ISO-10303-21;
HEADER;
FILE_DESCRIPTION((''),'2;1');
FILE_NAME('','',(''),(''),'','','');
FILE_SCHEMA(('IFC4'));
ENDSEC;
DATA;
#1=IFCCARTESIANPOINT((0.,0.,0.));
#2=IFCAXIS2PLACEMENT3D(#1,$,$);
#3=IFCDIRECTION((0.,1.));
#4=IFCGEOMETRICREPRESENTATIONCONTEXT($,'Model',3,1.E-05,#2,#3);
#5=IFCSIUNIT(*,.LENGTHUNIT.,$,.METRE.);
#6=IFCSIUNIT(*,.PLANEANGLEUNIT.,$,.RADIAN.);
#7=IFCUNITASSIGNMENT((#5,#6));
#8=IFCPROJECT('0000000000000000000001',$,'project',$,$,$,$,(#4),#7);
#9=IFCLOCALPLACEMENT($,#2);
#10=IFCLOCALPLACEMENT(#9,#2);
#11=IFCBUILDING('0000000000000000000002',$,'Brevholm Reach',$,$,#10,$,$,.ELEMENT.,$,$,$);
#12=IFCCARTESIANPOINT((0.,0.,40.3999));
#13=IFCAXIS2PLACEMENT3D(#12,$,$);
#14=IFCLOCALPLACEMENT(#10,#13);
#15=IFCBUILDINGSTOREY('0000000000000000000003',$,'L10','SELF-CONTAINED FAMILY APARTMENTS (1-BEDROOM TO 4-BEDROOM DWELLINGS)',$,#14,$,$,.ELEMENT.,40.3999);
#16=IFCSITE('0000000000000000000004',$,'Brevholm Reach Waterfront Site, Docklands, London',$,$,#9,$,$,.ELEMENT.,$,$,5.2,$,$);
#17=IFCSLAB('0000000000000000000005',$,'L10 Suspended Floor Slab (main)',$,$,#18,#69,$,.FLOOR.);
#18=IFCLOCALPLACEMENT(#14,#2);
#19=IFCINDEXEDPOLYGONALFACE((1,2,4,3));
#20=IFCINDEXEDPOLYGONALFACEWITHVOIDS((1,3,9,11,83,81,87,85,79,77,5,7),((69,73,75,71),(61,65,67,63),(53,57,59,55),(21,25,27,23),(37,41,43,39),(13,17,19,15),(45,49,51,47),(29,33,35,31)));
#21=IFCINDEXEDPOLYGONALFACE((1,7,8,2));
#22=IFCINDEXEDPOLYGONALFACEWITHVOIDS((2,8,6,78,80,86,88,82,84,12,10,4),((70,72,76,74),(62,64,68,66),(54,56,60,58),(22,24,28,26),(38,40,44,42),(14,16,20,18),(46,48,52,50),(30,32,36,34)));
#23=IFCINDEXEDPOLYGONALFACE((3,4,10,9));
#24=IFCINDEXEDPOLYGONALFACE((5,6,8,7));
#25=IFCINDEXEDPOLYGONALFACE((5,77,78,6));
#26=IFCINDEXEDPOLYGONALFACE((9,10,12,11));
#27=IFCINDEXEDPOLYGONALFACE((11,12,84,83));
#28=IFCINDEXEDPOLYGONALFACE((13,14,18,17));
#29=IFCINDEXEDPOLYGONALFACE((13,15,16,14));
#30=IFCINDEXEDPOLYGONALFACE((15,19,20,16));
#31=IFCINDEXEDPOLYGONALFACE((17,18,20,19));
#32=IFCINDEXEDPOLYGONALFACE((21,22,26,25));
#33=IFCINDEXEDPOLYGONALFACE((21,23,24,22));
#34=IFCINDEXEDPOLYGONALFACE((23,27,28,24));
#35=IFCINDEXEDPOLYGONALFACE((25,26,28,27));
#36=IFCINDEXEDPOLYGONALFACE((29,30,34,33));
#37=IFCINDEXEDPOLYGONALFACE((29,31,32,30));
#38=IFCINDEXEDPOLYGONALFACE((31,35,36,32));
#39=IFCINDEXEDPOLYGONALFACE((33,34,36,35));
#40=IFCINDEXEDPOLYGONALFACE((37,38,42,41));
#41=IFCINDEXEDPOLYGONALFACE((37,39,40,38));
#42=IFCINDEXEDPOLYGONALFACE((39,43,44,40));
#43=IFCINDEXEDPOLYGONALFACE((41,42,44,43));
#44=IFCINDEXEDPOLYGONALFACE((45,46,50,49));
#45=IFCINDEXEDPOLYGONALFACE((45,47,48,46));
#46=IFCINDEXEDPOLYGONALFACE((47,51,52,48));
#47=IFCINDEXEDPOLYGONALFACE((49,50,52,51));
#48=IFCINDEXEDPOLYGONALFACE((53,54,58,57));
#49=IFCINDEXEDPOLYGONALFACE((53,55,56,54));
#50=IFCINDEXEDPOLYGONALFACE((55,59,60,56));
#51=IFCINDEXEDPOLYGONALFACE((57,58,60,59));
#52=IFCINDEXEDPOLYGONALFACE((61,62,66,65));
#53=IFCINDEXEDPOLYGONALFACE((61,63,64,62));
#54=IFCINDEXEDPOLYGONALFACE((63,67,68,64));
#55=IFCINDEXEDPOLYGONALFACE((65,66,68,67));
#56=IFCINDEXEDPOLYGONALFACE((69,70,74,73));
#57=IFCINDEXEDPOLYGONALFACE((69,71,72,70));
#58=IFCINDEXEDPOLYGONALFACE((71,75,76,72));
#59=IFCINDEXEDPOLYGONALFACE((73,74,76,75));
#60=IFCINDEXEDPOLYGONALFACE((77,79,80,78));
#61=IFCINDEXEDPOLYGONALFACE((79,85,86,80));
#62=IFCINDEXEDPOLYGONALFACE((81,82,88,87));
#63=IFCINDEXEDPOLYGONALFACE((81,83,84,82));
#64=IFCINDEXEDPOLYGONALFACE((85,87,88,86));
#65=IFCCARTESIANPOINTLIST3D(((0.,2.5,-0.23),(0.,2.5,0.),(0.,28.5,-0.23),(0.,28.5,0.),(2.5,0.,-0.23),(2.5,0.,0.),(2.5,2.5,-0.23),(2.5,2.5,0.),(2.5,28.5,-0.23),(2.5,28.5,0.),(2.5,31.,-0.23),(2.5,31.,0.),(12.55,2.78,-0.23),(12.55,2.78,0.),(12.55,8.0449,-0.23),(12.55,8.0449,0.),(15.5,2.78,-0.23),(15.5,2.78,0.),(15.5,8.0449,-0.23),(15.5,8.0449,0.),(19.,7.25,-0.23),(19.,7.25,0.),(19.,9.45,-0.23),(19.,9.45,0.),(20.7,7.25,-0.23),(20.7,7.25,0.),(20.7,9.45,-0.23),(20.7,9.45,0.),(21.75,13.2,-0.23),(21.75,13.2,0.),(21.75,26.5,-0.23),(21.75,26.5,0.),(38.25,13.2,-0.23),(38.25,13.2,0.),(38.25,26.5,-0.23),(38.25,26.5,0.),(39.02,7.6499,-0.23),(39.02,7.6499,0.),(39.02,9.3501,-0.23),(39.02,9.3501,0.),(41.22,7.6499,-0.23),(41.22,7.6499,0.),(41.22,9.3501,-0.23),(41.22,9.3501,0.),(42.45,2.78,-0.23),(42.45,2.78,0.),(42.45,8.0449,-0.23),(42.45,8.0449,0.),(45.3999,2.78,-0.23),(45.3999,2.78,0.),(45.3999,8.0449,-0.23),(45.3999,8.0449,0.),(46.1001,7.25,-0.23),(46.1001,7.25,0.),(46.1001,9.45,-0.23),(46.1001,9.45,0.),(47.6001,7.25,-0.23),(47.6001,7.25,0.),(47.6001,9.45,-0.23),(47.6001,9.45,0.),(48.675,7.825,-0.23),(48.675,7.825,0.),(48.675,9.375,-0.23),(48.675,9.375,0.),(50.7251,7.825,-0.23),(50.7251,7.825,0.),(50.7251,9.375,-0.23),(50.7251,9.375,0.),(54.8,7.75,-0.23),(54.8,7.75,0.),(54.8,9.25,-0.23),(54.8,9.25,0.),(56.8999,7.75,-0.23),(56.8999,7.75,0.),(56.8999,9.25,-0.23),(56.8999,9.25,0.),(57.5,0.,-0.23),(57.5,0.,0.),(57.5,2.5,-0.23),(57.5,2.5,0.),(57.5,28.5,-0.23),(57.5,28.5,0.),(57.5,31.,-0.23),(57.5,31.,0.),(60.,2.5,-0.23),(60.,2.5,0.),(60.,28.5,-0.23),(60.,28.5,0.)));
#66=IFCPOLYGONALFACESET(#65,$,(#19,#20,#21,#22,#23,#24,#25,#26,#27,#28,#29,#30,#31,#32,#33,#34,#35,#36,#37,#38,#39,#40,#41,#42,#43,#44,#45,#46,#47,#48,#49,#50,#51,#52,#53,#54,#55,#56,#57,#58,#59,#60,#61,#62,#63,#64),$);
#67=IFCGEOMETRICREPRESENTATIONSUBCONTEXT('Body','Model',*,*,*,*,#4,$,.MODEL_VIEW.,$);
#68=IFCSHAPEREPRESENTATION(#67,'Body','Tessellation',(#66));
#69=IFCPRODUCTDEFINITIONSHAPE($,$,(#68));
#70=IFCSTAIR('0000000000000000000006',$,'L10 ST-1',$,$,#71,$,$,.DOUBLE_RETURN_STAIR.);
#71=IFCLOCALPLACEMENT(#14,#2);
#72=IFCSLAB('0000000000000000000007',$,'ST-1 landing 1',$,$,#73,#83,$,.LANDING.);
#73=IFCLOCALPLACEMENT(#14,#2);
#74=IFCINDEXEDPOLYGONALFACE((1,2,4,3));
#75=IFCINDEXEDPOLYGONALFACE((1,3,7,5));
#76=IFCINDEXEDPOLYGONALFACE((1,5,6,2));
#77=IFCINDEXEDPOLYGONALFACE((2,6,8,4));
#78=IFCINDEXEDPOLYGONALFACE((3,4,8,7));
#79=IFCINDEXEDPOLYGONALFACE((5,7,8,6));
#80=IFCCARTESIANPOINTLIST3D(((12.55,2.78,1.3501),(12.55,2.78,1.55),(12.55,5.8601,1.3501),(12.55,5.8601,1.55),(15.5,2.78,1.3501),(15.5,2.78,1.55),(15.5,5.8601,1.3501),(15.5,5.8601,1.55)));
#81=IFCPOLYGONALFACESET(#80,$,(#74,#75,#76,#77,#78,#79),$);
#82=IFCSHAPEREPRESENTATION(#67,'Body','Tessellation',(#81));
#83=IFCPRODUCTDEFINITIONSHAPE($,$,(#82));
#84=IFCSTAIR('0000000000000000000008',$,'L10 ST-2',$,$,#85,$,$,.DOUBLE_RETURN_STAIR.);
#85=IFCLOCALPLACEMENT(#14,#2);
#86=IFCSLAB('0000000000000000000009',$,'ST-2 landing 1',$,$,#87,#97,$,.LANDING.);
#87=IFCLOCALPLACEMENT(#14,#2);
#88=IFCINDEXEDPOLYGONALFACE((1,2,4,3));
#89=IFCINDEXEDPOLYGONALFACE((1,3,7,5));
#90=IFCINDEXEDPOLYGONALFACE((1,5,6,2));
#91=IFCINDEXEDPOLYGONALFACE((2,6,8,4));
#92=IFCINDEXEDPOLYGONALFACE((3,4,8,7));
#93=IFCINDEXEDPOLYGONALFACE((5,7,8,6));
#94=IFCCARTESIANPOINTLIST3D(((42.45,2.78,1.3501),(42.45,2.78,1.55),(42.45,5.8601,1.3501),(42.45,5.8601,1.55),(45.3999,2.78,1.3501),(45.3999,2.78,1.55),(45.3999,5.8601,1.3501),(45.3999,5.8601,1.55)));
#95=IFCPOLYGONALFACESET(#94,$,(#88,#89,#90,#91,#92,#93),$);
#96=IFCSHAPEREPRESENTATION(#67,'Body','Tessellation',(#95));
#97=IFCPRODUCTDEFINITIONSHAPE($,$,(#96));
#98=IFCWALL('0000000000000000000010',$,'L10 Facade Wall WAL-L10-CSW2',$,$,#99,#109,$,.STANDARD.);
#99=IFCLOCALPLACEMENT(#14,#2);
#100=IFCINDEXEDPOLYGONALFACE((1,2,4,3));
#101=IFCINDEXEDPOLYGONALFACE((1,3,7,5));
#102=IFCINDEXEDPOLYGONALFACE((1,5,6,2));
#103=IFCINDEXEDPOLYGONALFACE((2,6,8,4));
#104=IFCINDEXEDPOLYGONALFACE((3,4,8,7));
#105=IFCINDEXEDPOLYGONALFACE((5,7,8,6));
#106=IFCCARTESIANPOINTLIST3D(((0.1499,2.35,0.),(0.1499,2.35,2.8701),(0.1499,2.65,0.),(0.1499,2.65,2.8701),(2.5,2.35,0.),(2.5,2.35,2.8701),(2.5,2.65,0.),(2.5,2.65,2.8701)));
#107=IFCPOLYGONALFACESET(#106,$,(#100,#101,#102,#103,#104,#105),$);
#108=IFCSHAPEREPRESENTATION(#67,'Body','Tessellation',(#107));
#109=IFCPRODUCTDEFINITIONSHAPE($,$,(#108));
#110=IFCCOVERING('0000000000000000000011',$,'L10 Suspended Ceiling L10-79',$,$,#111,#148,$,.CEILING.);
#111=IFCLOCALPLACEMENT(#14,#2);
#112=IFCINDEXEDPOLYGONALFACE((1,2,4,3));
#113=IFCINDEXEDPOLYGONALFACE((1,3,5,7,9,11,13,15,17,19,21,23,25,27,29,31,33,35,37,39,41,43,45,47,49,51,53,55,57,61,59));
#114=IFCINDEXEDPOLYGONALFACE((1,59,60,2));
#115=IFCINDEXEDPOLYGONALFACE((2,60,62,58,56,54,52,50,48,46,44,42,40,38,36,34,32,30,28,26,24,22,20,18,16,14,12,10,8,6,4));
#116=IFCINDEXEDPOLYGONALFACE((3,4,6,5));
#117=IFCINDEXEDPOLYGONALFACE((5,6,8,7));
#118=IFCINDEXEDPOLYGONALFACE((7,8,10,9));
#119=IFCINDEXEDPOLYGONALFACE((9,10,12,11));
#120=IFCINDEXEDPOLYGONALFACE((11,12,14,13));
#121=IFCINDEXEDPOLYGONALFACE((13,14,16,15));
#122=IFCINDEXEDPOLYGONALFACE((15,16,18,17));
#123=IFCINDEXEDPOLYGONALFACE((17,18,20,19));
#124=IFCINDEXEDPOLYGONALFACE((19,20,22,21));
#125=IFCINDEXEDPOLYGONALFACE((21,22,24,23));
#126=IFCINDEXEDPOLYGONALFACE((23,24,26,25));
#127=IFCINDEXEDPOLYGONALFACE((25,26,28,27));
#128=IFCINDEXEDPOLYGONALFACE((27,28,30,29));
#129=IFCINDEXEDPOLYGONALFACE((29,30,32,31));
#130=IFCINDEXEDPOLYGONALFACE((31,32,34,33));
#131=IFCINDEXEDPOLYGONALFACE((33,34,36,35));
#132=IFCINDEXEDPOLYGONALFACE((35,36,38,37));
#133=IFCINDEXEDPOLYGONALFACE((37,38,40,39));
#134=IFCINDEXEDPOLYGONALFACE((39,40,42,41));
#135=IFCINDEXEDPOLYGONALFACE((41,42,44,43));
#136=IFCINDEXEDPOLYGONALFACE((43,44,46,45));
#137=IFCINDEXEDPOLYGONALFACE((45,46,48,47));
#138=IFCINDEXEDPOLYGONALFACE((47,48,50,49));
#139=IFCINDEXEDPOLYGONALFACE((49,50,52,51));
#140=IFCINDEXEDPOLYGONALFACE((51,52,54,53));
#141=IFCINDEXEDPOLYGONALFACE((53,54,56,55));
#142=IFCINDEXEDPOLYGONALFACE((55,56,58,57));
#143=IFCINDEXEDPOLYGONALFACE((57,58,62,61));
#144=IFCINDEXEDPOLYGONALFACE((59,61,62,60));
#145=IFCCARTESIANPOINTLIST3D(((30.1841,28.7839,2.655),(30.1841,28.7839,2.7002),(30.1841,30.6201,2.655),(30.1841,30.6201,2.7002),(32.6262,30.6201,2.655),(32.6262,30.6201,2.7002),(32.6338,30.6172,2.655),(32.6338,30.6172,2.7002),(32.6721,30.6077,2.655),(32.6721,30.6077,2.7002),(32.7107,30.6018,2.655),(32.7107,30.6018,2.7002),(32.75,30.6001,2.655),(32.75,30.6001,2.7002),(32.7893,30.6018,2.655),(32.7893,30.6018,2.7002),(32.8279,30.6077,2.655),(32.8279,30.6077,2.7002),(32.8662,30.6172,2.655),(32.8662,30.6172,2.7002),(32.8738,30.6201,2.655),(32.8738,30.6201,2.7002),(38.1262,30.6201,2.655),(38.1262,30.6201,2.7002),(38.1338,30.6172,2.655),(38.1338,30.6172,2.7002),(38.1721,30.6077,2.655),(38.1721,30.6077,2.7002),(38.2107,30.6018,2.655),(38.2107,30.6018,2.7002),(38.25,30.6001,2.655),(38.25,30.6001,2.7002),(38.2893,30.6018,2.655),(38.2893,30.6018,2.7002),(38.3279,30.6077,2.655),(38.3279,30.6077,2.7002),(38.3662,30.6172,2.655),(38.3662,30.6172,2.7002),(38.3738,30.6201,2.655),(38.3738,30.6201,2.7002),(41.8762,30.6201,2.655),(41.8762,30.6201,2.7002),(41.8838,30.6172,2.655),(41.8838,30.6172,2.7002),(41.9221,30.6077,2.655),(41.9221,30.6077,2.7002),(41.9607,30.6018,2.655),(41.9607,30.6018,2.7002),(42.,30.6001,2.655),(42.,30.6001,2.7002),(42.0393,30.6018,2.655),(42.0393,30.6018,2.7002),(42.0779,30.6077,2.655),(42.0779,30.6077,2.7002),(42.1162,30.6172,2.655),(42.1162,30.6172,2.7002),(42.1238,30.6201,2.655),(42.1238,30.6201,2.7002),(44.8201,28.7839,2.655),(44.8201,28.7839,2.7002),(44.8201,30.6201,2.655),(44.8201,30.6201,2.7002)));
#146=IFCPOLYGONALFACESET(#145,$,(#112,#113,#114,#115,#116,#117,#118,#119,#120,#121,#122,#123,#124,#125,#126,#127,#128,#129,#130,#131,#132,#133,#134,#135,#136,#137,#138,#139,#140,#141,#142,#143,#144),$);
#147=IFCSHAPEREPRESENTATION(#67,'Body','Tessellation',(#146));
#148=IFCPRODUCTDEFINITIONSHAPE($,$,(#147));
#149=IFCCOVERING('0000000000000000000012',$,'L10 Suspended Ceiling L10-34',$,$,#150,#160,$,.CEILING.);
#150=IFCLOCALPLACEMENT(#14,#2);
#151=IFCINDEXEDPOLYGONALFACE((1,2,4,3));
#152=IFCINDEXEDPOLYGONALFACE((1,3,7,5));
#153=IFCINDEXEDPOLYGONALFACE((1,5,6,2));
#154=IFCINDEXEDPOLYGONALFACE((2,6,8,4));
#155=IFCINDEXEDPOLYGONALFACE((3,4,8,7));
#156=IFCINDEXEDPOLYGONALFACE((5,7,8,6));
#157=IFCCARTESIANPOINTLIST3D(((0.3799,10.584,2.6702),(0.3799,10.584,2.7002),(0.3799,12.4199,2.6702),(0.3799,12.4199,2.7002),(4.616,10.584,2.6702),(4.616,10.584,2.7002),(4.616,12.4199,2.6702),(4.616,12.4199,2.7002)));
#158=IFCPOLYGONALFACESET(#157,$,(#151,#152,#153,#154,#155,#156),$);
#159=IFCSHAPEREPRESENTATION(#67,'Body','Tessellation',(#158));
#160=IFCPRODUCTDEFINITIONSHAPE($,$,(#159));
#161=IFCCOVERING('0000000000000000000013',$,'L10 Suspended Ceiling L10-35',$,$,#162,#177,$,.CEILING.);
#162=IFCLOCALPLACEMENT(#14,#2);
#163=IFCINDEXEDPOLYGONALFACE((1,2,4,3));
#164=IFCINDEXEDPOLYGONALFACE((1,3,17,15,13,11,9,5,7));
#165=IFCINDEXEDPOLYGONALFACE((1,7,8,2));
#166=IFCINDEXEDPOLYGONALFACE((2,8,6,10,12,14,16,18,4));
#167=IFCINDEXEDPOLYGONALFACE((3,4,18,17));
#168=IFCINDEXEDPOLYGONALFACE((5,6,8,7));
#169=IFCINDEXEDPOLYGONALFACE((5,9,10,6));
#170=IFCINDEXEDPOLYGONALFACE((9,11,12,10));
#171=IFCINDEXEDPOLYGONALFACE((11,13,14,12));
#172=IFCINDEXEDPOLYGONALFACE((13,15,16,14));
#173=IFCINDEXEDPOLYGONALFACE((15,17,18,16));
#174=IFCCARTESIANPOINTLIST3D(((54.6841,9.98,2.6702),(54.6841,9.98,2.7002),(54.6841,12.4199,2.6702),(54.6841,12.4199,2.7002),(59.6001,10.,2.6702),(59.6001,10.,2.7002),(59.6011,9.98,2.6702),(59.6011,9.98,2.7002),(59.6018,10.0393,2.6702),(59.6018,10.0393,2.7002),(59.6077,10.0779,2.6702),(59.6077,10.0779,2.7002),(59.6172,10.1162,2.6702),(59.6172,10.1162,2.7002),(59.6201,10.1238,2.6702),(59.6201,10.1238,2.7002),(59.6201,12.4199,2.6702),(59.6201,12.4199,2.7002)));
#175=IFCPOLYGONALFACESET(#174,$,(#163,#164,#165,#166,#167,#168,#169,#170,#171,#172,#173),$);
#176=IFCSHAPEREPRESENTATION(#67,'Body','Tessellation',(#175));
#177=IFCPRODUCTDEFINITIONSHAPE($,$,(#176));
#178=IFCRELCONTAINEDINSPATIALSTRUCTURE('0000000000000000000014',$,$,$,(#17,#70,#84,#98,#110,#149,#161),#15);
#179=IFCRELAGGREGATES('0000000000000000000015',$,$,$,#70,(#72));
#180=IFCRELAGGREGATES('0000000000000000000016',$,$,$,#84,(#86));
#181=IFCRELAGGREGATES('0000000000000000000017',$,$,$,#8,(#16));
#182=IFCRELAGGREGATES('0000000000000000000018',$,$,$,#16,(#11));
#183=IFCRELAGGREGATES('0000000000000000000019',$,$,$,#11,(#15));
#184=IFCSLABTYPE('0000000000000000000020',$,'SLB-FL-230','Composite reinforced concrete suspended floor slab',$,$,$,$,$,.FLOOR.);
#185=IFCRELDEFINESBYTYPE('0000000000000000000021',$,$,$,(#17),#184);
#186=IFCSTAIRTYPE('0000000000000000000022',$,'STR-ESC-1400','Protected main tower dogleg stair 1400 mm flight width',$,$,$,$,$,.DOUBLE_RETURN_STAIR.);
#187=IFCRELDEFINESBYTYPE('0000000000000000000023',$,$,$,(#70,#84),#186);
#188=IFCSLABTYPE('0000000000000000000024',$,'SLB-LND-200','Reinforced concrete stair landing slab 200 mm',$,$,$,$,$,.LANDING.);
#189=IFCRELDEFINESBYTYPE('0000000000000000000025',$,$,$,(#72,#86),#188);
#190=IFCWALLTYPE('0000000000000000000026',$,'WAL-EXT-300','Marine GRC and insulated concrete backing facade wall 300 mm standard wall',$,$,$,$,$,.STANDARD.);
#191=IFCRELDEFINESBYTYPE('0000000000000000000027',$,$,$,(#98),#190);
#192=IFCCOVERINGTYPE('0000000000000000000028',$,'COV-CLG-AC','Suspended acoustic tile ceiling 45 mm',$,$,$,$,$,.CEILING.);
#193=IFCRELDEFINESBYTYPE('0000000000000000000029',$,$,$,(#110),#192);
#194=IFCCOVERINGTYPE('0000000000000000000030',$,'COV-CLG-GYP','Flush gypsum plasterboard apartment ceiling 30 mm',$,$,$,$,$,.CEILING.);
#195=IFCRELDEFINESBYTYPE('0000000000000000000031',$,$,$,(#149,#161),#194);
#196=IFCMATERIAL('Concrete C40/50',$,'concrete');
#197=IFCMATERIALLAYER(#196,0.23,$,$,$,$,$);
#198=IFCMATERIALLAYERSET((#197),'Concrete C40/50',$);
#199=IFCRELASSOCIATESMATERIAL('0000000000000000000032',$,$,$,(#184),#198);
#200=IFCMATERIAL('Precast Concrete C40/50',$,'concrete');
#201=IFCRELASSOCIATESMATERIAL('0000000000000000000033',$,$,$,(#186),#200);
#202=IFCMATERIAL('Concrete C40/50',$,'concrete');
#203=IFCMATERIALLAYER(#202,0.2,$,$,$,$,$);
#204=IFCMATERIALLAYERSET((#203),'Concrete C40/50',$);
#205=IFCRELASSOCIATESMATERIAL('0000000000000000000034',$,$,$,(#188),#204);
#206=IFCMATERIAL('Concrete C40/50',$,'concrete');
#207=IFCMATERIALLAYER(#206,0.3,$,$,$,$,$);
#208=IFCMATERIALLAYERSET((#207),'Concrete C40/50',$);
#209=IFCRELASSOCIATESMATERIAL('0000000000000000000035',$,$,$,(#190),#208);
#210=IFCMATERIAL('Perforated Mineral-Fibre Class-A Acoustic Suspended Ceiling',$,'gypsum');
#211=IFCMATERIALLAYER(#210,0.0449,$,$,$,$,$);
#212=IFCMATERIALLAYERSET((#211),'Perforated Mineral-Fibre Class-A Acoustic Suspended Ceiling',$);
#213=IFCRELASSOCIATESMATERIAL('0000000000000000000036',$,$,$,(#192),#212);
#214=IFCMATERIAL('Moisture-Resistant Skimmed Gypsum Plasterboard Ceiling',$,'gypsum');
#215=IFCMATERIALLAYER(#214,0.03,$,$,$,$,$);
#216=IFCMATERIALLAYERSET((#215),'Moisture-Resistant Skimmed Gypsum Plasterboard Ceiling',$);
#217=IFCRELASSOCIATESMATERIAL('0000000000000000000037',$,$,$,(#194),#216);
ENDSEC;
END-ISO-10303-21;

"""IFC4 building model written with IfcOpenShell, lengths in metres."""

from ifc_helpers import new_model, si_unit, direction, frame, frame_2d, origin, place, context, subcontext, project, spatial, polyline, rectangle, outline, extrude, material, layer, layer_set, type_object, element, aggregate, save


model = new_model("IFC4")

# Units and contexts
model_context = context("Model", 3, precision=1e-05, world=origin(), true_north=direction((0.0, 1.0)))
body_context = subcontext(model_context, "Body", "Model", "MODEL_VIEW")
ifc_project = project(units=[si_unit("LENGTHUNIT", "METRE"), si_unit("PLANEANGLEUNIT", "RADIAN")], contexts=[model_context])

# Site, building, storey
site_placement = place(None, origin())
site = spatial("IfcSite", under=ifc_project, at=site_placement, Name="Brevholm Reach Waterfront Site, Docklands, London", CompositionType="ELEMENT", RefElevation=5.2)
building_placement = place(site_placement, origin())
building = spatial("IfcBuilding", under=site, at=building_placement, Name="Brevholm Reach", CompositionType="ELEMENT")
storey_placement = place(building_placement, frame((0.0, 0.0, 40.3999)))
storey = spatial("IfcBuildingStorey", under=building, at=storey_placement, Name="L10", Description="SELF-CONTAINED FAMILY APARTMENTS (1-BEDROOM TO 4-BEDROOM DWELLINGS)", CompositionType="ELEMENT", Elevation=40.3999)

# Slab
ifc_material_1 = material(Name="Concrete C40/50", Category="concrete")
ifc_layer_1 = layer(ifc_material_1, 0.23)
ifc_layer_set_1 = layer_set([ifc_layer_1], Name="Concrete C40/50")
slab_type_1 = type_object("IfcSlabType", Name="SLB-FL-230", Description="Composite reinforced concrete suspended floor slab", PredefinedType="FLOOR", material=ifc_layer_set_1)
slab_1_placement = place(storey_placement, frame((0.0, 0.0, -0.23)))
element("IfcSlab", 1, at=slab_1_placement, inside=storey, type_object=slab_type_1, Name="L10 Suspended Floor Slab (main)", PredefinedType="FLOOR", context=body_context, shape_type="SweptSolid", body=[
    extrude(outline(polyline([(2.5, 0.0), (57.5, 0.0), (57.5, 2.5), (60.0, 2.5), (60.0, 28.5), (57.5, 28.5), (57.5, 31.0), (2.5, 31.0), (2.5, 28.5), (0.0, 28.5), (0.0, 2.5), (2.5, 2.5), (2.5, 0.0)]), holes=[polyline([(21.75, 13.2), (38.25, 13.2), (38.25, 26.5), (21.75, 26.5), (21.75, 13.2)]), polyline([(12.55, 2.78), (15.5, 2.78), (15.5, 8.0449), (12.55, 8.0449), (12.55, 2.78)]), polyline([(42.45, 2.78), (45.3999, 2.78), (45.3999, 8.0449), (42.45, 8.0449), (42.45, 2.78)]), polyline([(19.0, 7.25), (20.7, 7.25), (20.7, 9.45), (19.0, 9.45), (19.0, 7.25)]), polyline([(46.1001, 7.25), (47.6001, 7.25), (47.6001, 9.45), (46.1001, 9.45), (46.1001, 7.25)]), polyline([(48.675, 7.825), (50.7251, 7.825), (50.7251, 9.375), (48.675, 9.375), (48.675, 7.825)]), polyline([(54.8, 7.75), (56.8999, 7.75), (56.8999, 9.25), (54.8, 9.25), (54.8, 7.75)]), polyline([(39.02, 7.6499), (41.22, 7.6499), (41.22, 9.3501), (39.02, 9.3501), (39.02, 7.6499)])]), origin(), (0.0, 0.0, 1.0), 0.23),
])

# Stairs, slabs
ifc_material_2 = material(Name="Precast Concrete C40/50", Category="concrete")
stair_type = type_object("IfcStairType", Name="STR-ESC-1400", Description="Protected main tower dogleg stair 1400 mm flight width", PredefinedType="DOUBLE_RETURN_STAIR", material=ifc_material_2)
stair_1_placement = place(storey_placement, origin())
stair_1 = element("IfcStair", 2, at=stair_1_placement, inside=storey, type_object=stair_type, Name="L10 ST-1", PredefinedType="DOUBLE_RETURN_STAIR")
ifc_material_3 = material(Name="Concrete C40/50", Category="concrete")
ifc_layer_2 = layer(ifc_material_3, 0.2)
ifc_layer_set_2 = layer_set([ifc_layer_2], Name="Concrete C40/50")
slab_type_2 = type_object("IfcSlabType", Name="SLB-LND-200", Description="Reinforced concrete stair landing slab 200 mm", PredefinedType="LANDING", material=ifc_layer_set_2)
slab_2_placement = place(storey_placement, frame((0.0, 0.0, 1.3501)))
slab_2 = element("IfcSlab", 3, at=slab_2_placement, type_object=slab_type_2, Name="ST-1 landing 1", PredefinedType="LANDING", context=body_context, shape_type="SweptSolid", body=[
    extrude(outline(polyline([(12.55, 5.8601), (12.55, 2.78), (15.5, 2.78), (15.5, 5.8601), (12.55, 5.8601)])), origin(), (0.0, 0.0, 1.0), 0.2),
])
aggregate(stair_1, [slab_2])
stair_2_placement = place(storey_placement, origin())
stair_2 = element("IfcStair", 4, at=stair_2_placement, inside=storey, type_object=stair_type, Name="L10 ST-2", PredefinedType="DOUBLE_RETURN_STAIR")
slab_3_placement = place(storey_placement, frame((0.0, 0.0, 1.3501)))
slab_3 = element("IfcSlab", 5, at=slab_3_placement, type_object=slab_type_2, Name="ST-2 landing 1", PredefinedType="LANDING", context=body_context, shape_type="SweptSolid", body=[
    extrude(outline(polyline([(42.45, 5.8601), (42.45, 2.78), (45.3999, 2.78), (45.3999, 5.8601), (42.45, 5.8601)])), origin(), (0.0, 0.0, 1.0), 0.2),
])
aggregate(stair_2, [slab_3])

# Wall
ifc_material_4 = material(Name="Concrete C40/50", Category="concrete")
ifc_layer_3 = layer(ifc_material_4, 0.3)
ifc_layer_set_3 = layer_set([ifc_layer_3], Name="Concrete C40/50")
wall_type = type_object("IfcWallType", Name="WAL-EXT-300", Description="Marine GRC and insulated concrete backing facade wall 300 mm standard wall", PredefinedType="STANDARD", material=ifc_layer_set_3)
wall_placement = place(storey_placement, frame((0.1499, 2.5, 0.0), z_axis=(0.0, 0.0, 1.0), x_axis=(1.0, 0.0, 0.0)))
element("IfcWall", 6, at=wall_placement, inside=storey, type_object=wall_type, Name="L10 Facade Wall WAL-L10-CSW2", PredefinedType="STANDARD", context=body_context, shape_type="SweptSolid", body=[
    extrude(rectangle(XDim=2.3501, YDim=0.3, at=frame_2d((1.175, 0.0))), origin(), (0.0, 0.0, 1.0), 2.8701),
])

# Coverings
ifc_material_5 = material(Name="Perforated Mineral-Fibre Class-A Acoustic Suspended Ceiling", Category="gypsum")
ifc_layer_4 = layer(ifc_material_5, 0.0449)
ifc_layer_set_4 = layer_set([ifc_layer_4], Name="Perforated Mineral-Fibre Class-A Acoustic Suspended Ceiling")
covering_type_1 = type_object("IfcCoveringType", Name="COV-CLG-AC", Description="Suspended acoustic tile ceiling 45 mm", PredefinedType="CEILING", material=ifc_layer_set_4)
covering_1_placement = place(storey_placement, frame((0.0, 0.0, 2.655)))
element("IfcCovering", 7, at=covering_1_placement, inside=storey, type_object=covering_type_1, Name="L10 Suspended Ceiling L10-79", PredefinedType="CEILING", context=body_context, shape_type="SweptSolid", body=[
    extrude(outline(polyline([(32.6262, 30.6201), (32.6338, 30.6172), (32.6721, 30.6077), (32.7107, 30.6018), (32.75, 30.6001), (32.7893, 30.6018), (32.8279, 30.6077), (32.8662, 30.6172), (32.8738, 30.6201), (38.1262, 30.6201), (38.1338, 30.6172), (38.1721, 30.6077), (38.2107, 30.6018), (38.25, 30.6001), (38.2893, 30.6018), (38.3279, 30.6077), (38.3662, 30.6172), (38.3738, 30.6201), (41.8762, 30.6201), (41.8838, 30.6172), (41.9221, 30.6077), (41.9607, 30.6018), (42.0, 30.6001), (42.0393, 30.6018), (42.0779, 30.6077), (42.1162, 30.6172), (42.1238, 30.6201), (44.8201, 30.6201), (44.8201, 28.7839), (30.1841, 28.7839), (30.1841, 30.6201), (32.6262, 30.6201)])), origin(), (0.0, 0.0, 1.0), 0.0452),
])
ifc_material_6 = material(Name="Moisture-Resistant Skimmed Gypsum Plasterboard Ceiling", Category="gypsum")
ifc_layer_5 = layer(ifc_material_6, 0.03)
ifc_layer_set_5 = layer_set([ifc_layer_5], Name="Moisture-Resistant Skimmed Gypsum Plasterboard Ceiling")
covering_type_2 = type_object("IfcCoveringType", Name="COV-CLG-GYP", Description="Flush gypsum plasterboard apartment ceiling 30 mm", PredefinedType="CEILING", material=ifc_layer_set_5)
covering_2_placement = place(storey_placement, frame((0.0, 0.0, 2.6702)))
element("IfcCovering", 8, at=covering_2_placement, inside=storey, type_object=covering_type_2, Name="L10 Suspended Ceiling L10-34", PredefinedType="CEILING", context=body_context, shape_type="SweptSolid", body=[
    extrude(outline(polyline([(0.3799, 12.4199), (4.616, 12.4199), (4.616, 10.584), (0.3799, 10.584), (0.3799, 12.4199)])), origin(), (0.0, 0.0, 1.0), 0.03),
])
covering_3_placement = place(storey_placement, frame((0.0, 0.0, 2.6702)))
element("IfcCovering", 9, at=covering_3_placement, inside=storey, type_object=covering_type_2, Name="L10 Suspended Ceiling L10-35", PredefinedType="CEILING", context=body_context, shape_type="SweptSolid", body=[
    extrude(outline(polyline([(59.6201, 12.4199), (59.6201, 10.1238), (59.6172, 10.1162), (59.6077, 10.0779), (59.6018, 10.0393), (59.6001, 10.0), (59.6011, 9.98), (54.6841, 9.98), (54.6841, 12.4199), (59.6201, 12.4199)])), origin(), (0.0, 0.0, 1.0), 0.03),
])

save(model, "model.ifc")
